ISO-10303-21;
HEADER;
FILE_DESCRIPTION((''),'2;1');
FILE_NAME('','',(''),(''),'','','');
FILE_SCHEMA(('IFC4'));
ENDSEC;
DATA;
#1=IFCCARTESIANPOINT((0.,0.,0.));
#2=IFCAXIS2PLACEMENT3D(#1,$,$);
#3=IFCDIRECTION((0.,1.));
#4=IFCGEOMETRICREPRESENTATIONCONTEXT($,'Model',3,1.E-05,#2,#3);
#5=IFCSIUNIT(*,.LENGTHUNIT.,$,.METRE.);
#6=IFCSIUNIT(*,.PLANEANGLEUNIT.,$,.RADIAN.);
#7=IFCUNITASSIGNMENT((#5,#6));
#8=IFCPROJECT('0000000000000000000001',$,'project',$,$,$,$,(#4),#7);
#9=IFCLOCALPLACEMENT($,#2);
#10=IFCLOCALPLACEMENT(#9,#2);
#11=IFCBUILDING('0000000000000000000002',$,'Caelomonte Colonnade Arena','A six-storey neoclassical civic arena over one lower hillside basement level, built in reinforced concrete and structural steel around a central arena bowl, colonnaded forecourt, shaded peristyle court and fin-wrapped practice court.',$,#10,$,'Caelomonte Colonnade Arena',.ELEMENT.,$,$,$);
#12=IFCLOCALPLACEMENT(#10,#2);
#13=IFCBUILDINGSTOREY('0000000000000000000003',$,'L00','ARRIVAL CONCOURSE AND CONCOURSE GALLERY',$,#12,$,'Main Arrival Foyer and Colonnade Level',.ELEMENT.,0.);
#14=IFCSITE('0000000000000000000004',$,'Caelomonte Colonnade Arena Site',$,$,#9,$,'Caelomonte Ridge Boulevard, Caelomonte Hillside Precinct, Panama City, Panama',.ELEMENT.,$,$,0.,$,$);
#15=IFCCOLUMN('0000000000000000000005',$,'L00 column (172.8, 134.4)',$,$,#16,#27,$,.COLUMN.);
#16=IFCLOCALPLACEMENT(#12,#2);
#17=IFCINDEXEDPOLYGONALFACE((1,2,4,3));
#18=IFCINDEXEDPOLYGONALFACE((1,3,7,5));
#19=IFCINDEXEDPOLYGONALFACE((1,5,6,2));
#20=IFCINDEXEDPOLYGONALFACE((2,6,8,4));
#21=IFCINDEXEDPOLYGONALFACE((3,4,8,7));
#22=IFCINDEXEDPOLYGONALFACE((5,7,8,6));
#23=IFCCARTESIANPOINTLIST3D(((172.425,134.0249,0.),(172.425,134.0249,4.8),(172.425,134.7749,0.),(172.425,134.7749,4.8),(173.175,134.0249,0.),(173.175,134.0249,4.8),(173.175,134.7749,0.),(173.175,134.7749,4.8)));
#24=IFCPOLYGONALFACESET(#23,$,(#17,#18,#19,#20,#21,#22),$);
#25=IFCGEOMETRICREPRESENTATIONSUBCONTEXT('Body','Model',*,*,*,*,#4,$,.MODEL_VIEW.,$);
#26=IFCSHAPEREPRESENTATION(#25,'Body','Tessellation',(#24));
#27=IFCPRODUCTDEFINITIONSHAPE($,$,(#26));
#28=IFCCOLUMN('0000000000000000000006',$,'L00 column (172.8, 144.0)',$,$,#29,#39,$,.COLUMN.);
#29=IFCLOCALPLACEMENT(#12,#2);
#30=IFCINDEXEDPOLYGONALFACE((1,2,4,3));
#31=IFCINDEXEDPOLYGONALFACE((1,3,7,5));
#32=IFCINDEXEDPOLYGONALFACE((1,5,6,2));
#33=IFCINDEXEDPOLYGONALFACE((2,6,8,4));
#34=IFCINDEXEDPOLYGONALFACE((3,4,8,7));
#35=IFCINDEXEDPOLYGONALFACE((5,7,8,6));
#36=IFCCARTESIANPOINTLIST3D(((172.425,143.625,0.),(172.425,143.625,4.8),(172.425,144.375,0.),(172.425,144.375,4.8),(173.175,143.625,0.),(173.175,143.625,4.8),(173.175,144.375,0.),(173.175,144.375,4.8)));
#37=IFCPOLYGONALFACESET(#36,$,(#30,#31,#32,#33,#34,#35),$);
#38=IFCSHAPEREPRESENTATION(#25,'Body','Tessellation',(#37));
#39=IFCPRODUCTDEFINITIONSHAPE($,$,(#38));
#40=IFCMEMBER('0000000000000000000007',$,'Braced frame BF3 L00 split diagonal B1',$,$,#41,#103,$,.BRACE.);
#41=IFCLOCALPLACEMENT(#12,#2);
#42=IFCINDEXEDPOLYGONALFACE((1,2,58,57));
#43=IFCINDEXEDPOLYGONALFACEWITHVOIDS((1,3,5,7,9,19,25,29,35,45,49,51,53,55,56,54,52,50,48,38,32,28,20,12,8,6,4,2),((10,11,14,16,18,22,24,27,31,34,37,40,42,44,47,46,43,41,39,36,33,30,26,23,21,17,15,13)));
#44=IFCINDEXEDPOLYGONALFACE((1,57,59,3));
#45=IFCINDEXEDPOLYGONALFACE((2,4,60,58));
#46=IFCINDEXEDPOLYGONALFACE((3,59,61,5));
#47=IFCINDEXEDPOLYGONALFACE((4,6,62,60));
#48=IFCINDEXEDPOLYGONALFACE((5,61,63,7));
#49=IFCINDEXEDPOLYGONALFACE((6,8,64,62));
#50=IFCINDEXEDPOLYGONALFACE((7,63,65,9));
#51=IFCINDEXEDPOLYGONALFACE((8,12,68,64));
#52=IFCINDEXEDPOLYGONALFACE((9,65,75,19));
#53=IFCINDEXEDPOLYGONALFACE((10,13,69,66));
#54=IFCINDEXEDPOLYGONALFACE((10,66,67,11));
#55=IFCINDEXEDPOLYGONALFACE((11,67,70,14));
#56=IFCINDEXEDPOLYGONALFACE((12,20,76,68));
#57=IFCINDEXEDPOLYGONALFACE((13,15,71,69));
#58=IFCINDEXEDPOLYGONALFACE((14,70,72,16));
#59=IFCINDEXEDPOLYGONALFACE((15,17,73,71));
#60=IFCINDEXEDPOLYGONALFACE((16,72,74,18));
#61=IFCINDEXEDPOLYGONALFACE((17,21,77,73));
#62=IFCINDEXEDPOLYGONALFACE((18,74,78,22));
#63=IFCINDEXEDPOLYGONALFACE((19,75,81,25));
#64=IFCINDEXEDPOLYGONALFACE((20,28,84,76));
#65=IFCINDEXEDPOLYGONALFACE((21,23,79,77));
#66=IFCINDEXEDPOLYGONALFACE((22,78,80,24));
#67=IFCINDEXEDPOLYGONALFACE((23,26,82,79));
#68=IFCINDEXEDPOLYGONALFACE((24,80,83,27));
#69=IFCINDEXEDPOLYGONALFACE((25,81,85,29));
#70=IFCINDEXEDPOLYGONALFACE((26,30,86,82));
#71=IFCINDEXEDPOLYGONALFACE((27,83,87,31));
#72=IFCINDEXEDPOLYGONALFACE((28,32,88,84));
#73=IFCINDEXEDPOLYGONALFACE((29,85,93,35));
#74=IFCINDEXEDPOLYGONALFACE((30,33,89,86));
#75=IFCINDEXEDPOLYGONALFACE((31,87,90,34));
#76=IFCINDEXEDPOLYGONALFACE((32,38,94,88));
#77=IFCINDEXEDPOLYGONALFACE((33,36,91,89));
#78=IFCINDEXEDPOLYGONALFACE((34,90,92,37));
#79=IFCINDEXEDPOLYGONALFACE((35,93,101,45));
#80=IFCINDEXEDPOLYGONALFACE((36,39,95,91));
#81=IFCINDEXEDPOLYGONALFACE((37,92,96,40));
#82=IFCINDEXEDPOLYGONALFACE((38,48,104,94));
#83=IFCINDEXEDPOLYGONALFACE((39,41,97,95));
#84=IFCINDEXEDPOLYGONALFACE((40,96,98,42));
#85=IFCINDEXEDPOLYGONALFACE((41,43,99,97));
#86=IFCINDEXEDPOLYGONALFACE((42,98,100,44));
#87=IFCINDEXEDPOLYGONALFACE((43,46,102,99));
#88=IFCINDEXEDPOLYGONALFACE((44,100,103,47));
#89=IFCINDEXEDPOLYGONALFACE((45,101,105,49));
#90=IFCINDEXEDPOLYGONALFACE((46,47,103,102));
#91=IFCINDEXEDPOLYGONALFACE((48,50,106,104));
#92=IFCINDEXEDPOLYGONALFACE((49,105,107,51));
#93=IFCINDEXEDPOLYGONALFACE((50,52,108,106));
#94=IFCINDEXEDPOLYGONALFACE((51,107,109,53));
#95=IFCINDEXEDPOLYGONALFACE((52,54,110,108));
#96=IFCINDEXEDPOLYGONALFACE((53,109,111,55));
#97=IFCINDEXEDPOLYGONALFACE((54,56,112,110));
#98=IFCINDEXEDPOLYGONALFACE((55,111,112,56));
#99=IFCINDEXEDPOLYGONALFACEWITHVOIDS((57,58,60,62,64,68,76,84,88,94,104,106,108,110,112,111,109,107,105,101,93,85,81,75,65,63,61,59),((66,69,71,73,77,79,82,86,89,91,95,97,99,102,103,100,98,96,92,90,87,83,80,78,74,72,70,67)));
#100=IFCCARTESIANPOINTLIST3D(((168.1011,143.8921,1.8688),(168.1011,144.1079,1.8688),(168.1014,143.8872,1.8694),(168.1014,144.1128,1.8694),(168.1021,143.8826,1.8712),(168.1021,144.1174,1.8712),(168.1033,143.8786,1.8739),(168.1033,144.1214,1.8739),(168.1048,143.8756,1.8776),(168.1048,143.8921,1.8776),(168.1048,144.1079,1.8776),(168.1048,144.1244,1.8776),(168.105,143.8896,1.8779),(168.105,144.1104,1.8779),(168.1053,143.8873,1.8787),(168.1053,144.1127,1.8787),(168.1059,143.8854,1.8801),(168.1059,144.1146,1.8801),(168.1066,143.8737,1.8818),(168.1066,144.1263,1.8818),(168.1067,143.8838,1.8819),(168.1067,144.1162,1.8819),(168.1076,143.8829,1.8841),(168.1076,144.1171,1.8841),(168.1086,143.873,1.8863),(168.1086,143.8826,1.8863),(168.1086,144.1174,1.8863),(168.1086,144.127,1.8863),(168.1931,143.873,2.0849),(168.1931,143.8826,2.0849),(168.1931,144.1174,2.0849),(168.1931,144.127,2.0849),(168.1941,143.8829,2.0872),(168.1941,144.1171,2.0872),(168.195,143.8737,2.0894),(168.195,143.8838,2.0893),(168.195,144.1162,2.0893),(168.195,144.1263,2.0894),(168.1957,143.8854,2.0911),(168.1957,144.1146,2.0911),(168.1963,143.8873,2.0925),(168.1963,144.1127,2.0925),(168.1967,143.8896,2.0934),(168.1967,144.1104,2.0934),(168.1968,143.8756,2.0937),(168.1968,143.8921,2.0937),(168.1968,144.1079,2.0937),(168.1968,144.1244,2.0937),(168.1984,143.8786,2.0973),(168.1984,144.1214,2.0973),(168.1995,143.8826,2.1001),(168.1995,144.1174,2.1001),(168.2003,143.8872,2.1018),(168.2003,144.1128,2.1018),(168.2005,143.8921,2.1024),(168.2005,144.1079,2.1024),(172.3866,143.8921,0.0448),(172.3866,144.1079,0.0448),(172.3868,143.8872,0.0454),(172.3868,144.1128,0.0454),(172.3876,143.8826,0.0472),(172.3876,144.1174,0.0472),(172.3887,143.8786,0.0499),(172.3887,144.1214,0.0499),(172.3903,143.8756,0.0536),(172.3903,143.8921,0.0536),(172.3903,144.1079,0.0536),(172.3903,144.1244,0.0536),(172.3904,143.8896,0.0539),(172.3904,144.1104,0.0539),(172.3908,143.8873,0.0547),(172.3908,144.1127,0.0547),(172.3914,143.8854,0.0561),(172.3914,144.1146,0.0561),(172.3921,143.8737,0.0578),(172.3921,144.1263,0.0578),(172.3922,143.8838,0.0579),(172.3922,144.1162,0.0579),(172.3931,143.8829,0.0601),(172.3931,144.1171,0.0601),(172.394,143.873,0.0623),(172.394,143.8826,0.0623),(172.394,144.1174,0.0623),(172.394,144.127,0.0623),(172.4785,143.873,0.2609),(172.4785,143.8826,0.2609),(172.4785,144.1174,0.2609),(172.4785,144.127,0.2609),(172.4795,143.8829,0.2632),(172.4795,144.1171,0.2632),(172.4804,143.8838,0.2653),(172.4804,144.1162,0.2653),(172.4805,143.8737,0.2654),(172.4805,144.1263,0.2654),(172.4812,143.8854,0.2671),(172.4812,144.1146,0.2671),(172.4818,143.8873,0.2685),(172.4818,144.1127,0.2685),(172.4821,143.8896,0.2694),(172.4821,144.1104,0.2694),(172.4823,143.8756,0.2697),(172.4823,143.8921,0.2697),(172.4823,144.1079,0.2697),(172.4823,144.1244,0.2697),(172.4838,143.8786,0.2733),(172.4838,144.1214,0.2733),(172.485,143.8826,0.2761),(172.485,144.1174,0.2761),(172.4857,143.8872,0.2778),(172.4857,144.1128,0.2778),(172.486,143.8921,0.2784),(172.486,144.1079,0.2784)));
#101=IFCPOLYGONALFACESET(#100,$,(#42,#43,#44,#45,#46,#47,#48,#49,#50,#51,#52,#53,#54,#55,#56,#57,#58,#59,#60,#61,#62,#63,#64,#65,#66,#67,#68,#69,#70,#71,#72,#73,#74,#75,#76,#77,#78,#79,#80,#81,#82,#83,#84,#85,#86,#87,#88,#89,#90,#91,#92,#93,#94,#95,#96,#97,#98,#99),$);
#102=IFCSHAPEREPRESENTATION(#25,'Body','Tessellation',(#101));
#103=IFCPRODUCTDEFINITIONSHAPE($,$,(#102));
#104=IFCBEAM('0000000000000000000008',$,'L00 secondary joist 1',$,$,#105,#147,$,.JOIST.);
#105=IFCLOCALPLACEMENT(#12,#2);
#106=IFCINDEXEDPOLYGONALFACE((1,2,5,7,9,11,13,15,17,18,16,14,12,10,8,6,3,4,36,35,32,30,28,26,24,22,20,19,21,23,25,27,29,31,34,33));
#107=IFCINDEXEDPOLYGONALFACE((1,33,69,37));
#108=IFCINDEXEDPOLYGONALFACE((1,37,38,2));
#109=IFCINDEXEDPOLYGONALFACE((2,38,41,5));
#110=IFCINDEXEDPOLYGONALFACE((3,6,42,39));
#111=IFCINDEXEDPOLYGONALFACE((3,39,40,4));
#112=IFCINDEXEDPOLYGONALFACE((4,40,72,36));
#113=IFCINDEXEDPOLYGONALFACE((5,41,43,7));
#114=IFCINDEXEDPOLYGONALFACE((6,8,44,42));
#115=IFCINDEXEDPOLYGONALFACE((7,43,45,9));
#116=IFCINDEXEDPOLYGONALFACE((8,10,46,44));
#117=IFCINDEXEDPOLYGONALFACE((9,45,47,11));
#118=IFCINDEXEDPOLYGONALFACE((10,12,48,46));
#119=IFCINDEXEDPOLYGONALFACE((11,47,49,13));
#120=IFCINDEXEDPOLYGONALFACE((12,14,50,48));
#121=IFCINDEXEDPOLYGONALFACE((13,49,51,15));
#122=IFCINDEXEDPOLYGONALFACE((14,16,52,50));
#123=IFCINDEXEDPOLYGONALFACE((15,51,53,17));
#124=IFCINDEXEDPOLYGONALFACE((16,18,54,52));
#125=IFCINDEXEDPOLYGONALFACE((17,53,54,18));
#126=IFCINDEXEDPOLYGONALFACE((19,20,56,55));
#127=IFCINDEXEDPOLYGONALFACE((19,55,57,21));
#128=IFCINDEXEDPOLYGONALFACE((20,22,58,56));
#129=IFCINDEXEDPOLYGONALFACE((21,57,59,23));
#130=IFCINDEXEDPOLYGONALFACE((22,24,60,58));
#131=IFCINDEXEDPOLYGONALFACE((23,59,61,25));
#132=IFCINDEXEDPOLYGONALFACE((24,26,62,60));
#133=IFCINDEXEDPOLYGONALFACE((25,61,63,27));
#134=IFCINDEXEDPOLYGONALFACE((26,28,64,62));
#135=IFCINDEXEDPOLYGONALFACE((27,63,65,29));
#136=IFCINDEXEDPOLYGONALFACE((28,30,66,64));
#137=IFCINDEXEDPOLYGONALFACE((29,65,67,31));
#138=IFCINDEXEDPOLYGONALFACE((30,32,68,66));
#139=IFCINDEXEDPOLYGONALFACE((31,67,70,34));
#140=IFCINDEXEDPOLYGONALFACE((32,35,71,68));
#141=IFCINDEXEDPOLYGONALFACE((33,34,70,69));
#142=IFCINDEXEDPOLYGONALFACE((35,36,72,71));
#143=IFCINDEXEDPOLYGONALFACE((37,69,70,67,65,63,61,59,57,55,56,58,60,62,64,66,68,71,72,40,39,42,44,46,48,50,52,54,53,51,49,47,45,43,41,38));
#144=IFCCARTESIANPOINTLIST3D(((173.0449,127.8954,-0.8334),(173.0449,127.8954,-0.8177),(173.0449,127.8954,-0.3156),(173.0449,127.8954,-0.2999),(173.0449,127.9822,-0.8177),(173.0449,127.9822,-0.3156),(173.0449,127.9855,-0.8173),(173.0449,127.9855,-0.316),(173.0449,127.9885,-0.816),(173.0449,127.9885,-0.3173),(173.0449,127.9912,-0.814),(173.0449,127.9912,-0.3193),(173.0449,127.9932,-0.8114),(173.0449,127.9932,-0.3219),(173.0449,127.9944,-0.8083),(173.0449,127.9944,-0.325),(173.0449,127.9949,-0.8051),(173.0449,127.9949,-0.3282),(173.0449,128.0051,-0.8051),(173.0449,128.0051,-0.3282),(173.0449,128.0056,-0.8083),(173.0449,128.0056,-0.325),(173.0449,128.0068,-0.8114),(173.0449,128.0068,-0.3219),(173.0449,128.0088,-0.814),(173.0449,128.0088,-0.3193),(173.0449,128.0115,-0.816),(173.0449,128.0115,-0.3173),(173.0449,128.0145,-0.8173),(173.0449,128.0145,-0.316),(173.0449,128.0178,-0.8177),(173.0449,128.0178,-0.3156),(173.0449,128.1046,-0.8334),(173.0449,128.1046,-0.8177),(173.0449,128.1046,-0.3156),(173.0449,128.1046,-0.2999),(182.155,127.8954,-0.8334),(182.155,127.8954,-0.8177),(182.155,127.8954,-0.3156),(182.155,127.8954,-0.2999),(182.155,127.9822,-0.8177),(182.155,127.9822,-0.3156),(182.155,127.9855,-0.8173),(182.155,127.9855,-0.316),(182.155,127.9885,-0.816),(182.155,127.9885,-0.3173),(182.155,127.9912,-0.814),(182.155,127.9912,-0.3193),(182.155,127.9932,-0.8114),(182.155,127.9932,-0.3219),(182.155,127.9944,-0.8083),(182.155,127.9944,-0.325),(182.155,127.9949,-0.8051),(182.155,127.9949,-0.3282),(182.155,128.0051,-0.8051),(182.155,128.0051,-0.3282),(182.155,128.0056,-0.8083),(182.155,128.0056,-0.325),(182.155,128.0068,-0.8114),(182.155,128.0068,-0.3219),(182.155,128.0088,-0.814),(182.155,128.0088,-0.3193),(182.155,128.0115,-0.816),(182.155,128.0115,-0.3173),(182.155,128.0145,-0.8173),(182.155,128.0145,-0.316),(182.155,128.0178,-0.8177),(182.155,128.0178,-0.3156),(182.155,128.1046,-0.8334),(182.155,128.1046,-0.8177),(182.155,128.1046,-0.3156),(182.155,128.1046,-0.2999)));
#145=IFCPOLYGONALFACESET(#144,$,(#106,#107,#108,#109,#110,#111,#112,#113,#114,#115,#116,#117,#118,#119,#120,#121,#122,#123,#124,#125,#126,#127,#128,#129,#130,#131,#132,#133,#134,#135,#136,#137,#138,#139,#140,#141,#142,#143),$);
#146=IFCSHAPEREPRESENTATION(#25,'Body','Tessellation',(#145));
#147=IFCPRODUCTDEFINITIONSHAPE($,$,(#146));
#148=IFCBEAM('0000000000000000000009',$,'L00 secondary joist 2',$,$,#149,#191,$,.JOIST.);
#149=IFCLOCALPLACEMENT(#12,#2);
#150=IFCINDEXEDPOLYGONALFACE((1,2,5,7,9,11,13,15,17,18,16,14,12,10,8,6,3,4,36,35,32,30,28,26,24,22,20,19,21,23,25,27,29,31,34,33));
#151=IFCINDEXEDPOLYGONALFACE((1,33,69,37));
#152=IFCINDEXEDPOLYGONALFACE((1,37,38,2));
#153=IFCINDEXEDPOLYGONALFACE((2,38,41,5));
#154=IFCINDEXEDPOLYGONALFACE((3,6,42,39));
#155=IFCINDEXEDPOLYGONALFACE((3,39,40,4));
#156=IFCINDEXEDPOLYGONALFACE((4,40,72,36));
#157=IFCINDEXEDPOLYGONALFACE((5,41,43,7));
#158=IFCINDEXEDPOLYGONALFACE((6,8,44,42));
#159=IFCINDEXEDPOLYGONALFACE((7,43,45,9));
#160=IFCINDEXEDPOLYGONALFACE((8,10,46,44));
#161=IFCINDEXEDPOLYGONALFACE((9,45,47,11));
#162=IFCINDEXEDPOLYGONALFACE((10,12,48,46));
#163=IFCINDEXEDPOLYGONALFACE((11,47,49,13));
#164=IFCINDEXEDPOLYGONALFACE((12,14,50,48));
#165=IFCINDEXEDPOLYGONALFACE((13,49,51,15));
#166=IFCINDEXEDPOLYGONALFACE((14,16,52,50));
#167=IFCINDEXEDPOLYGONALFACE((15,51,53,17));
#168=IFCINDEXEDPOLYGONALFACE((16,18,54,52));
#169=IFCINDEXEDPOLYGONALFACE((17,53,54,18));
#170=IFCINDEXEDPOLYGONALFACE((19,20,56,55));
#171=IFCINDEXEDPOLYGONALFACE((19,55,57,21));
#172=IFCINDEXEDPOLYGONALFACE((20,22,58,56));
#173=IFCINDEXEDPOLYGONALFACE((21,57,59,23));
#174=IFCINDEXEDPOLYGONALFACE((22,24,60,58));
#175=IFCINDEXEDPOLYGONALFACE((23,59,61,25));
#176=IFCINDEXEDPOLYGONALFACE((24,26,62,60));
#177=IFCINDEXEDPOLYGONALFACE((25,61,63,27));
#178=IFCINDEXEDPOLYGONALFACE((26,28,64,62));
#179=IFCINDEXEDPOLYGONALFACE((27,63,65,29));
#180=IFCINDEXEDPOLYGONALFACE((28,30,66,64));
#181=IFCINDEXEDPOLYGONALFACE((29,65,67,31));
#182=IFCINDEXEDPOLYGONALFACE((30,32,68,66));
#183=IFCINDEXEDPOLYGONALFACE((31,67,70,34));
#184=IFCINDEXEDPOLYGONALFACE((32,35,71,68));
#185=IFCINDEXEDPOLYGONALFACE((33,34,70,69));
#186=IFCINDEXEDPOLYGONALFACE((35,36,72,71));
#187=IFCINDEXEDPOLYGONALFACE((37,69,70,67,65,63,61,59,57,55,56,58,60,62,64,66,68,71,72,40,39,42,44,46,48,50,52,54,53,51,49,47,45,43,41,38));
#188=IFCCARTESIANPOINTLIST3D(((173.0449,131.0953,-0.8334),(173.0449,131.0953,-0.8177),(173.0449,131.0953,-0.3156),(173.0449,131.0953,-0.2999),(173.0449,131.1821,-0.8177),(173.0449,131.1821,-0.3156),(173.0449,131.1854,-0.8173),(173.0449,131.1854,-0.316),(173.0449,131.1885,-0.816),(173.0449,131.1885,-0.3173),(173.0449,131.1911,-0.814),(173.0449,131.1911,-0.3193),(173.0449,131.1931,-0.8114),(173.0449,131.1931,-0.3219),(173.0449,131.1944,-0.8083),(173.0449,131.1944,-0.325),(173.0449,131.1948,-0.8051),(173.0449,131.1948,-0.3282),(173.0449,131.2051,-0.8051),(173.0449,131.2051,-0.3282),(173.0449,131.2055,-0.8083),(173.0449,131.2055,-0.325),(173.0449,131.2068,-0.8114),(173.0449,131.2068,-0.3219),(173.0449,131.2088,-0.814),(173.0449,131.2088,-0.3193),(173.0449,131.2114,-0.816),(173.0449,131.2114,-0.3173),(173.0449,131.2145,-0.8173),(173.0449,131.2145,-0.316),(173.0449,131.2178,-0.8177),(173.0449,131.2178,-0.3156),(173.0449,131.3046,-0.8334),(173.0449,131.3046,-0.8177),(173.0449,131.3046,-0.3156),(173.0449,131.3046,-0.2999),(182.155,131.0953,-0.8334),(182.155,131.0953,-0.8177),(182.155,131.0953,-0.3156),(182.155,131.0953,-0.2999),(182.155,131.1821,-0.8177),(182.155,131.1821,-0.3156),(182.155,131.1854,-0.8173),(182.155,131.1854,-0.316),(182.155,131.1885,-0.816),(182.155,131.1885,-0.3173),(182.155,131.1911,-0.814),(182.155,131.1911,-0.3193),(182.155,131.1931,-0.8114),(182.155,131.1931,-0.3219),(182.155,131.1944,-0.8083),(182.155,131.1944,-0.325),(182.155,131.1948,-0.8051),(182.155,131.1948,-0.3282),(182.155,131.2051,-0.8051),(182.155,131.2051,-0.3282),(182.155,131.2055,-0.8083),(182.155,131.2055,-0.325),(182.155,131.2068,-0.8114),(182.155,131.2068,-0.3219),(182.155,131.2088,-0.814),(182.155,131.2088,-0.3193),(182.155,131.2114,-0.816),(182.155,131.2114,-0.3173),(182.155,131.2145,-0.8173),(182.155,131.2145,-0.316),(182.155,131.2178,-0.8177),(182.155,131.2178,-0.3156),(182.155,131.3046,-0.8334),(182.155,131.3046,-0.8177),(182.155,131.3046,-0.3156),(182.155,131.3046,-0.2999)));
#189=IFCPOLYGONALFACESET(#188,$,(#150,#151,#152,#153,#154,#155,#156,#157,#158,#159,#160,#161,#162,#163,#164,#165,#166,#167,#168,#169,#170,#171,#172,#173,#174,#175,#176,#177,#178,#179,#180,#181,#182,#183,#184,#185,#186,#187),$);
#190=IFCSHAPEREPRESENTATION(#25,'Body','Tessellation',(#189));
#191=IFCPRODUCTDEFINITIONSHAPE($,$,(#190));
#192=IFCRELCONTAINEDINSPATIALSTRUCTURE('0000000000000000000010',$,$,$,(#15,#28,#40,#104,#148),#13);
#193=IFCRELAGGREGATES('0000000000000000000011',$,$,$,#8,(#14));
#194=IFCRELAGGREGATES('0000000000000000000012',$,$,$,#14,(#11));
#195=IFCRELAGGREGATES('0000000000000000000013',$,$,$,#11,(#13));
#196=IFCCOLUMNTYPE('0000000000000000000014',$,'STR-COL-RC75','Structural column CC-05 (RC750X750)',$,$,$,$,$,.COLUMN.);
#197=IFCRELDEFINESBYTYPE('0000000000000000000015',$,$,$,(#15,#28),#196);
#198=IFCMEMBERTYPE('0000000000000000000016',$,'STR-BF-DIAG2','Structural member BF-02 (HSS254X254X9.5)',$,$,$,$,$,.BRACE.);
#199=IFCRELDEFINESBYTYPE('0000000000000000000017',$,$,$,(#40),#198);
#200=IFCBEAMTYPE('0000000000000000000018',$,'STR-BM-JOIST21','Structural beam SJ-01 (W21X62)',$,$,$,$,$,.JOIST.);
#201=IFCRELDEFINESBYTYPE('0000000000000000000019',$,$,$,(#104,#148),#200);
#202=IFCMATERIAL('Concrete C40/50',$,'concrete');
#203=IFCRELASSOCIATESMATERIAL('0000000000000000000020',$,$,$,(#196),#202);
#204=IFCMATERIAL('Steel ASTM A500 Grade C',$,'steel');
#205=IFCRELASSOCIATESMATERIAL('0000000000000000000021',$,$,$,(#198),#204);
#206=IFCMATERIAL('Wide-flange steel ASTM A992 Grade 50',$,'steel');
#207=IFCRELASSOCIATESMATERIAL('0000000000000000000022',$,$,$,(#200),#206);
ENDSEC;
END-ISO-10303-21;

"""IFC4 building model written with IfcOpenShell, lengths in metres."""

from ifc_helpers import new_model, si_unit, direction, frame, origin, origin_2d, place, context, subcontext, project, spatial, rectangle, hollow_rectangle, i_section, extrude, material, material_profile, profile_set, type_object, element, save


model = new_model("IFC4")

# Units and contexts
model_context = context("Model", 3, precision=1e-05, world=origin(), true_north=direction((0.0, 1.0)))
body_context = subcontext(model_context, "Body", "Model", "MODEL_VIEW")
ifc_project = project(units=[si_unit("LENGTHUNIT", "METRE"), si_unit("PLANEANGLEUNIT", "RADIAN")], contexts=[model_context])

# Site, building, storey
site_placement = place(None, origin())
site = spatial("IfcSite", under=ifc_project, at=site_placement, Name="Caelomonte Colonnade Arena Site", LongName="Caelomonte Ridge Boulevard, Caelomonte Hillside Precinct, Panama City, Panama", CompositionType="ELEMENT", RefElevation=0.0)
building_placement = place(site_placement, origin())
building = spatial("IfcBuilding", under=site, at=building_placement, Name="Caelomonte Colonnade Arena", Description="A six-storey neoclassical civic arena over one lower hillside basement level, built in reinforced concrete and structural steel around a central arena bowl, colonnaded forecourt, shaded peristyle court and fin-wrapped practice court.", LongName="Caelomonte Colonnade Arena", CompositionType="ELEMENT")
storey_placement = place(building_placement, origin())
storey = spatial("IfcBuildingStorey", under=building, at=storey_placement, Name="L00", Description="ARRIVAL CONCOURSE AND CONCOURSE GALLERY", LongName="Main Arrival Foyer and Colonnade Level", CompositionType="ELEMENT", Elevation=0.0)

# Columns
ifc_material_1 = material(Name="Concrete C40/50", Category="concrete")
ifc_material_profile_1 = material_profile(ifc_material_1, rectangle(XDim=0.75, YDim=0.75, at=origin_2d()), Name="RC750X750")
ifc_profile_set_1 = profile_set([ifc_material_profile_1], Name="Concrete C40/50")
column_type = type_object("IfcColumnType", Name="STR-COL-RC75", Description="Structural column CC-05 (RC750X750)", PredefinedType="COLUMN", material=ifc_profile_set_1)
for number, where, z_axis, x_axis, name in (
    (1, (172.8, 134.3999, 0.0), (0.0, 0.0, 1.0), (1.0, 0.0, 0.0), "L00 column (172.8, 134.4)"),
    (2, (172.8, 144.0, 0.0), (0.0, 0.0, 1.0), (1.0, 0.0, 0.0), "L00 column (172.8, 144.0)"),
):
    element("IfcColumn", number, at=place(storey_placement, frame(where, z_axis=z_axis, x_axis=x_axis)), inside=storey, type_object=column_type, Name=name, PredefinedType="COLUMN", context=body_context, shape_type="SweptSolid", body=[
        extrude(rectangle(XDim=0.75, YDim=0.75, at=origin_2d()), origin(), (0.0, 0.0, 1.0), 4.8),
    ])

# Member
ifc_material_2 = material(Name="Steel ASTM A500 Grade C", Category="steel")
ifc_material_profile_2 = material_profile(ifc_material_2, hollow_rectangle(XDim=0.2539, YDim=0.2539, WallThickness=0.0095, InnerFilletRadius=0.0095, OuterFilletRadius=0.019, at=origin_2d()), Name="HSS254X254X9.5")
ifc_profile_set_2 = profile_set([ifc_material_profile_2], Name="Steel ASTM A500 Grade C")
member_type = type_object("IfcMemberType", Name="STR-BF-DIAG2", Description="Structural member BF-02 (HSS254X254X9.5)", PredefinedType="BRACE", material=ifc_profile_set_2)
member_placement = place(storey_placement, frame((172.4363, 144.0, 0.1616), z_axis=(-0.920124, 0.0, 0.391628), x_axis=(0.0, -1.0, 0.0)))
element("IfcMember", 3, at=member_placement, inside=storey, type_object=member_type, Name="Braced frame BF3 L00 split diagonal B1", PredefinedType="BRACE", context=body_context, shape_type="SweptSolid", body=[
    extrude(hollow_rectangle(XDim=0.2539, YDim=0.2539, WallThickness=0.0095, InnerFilletRadius=0.0095, OuterFilletRadius=0.019, at=origin_2d()), origin(), (0.0, 0.0, 1.0), 4.6575),
])

# Beams
ifc_material_3 = material(Name="Wide-flange steel ASTM A992 Grade 50", Category="steel")
ifc_material_profile_3 = material_profile(ifc_material_3, i_section(OverallWidth=0.2092, OverallDepth=0.5334, WebThickness=0.0103, FlangeThickness=0.0156, FilletRadius=0.0127, at=origin_2d()), Name="W21X62")
ifc_profile_set_3 = profile_set([ifc_material_profile_3], Name="Wide-flange steel ASTM A992 Grade 50")
beam_type_1 = type_object("IfcBeamType", Name="STR-BM-JOIST21", Description="Structural beam SJ-01 (W21X62)", PredefinedType="JOIST", material=ifc_profile_set_3)
for number, where, z_axis, x_axis, name in (
    (4, (173.0449, 128.0, -0.5667), (1.0, 0.0, 0.0), (0.0, 1.0, 0.0), "L00 secondary joist 1"),
    (5, (173.0449, 131.2, -0.5667), (1.0, 0.0, 0.0), (0.0, 1.0, 0.0), "L00 secondary joist 2"),
):
    element("IfcBeam", number, at=place(storey_placement, frame(where, z_axis=z_axis, x_axis=x_axis)), inside=storey, type_object=beam_type_1, Name=name, PredefinedType="JOIST", context=body_context, shape_type="SweptSolid", body=[
        extrude(i_section(OverallWidth=0.2092, OverallDepth=0.5334, WebThickness=0.0103, FlangeThickness=0.0156, FilletRadius=0.0127, at=origin_2d()), origin(), (0.0, 0.0, 1.0), 9.1101),
    ])

save(model, "model.ifc")
